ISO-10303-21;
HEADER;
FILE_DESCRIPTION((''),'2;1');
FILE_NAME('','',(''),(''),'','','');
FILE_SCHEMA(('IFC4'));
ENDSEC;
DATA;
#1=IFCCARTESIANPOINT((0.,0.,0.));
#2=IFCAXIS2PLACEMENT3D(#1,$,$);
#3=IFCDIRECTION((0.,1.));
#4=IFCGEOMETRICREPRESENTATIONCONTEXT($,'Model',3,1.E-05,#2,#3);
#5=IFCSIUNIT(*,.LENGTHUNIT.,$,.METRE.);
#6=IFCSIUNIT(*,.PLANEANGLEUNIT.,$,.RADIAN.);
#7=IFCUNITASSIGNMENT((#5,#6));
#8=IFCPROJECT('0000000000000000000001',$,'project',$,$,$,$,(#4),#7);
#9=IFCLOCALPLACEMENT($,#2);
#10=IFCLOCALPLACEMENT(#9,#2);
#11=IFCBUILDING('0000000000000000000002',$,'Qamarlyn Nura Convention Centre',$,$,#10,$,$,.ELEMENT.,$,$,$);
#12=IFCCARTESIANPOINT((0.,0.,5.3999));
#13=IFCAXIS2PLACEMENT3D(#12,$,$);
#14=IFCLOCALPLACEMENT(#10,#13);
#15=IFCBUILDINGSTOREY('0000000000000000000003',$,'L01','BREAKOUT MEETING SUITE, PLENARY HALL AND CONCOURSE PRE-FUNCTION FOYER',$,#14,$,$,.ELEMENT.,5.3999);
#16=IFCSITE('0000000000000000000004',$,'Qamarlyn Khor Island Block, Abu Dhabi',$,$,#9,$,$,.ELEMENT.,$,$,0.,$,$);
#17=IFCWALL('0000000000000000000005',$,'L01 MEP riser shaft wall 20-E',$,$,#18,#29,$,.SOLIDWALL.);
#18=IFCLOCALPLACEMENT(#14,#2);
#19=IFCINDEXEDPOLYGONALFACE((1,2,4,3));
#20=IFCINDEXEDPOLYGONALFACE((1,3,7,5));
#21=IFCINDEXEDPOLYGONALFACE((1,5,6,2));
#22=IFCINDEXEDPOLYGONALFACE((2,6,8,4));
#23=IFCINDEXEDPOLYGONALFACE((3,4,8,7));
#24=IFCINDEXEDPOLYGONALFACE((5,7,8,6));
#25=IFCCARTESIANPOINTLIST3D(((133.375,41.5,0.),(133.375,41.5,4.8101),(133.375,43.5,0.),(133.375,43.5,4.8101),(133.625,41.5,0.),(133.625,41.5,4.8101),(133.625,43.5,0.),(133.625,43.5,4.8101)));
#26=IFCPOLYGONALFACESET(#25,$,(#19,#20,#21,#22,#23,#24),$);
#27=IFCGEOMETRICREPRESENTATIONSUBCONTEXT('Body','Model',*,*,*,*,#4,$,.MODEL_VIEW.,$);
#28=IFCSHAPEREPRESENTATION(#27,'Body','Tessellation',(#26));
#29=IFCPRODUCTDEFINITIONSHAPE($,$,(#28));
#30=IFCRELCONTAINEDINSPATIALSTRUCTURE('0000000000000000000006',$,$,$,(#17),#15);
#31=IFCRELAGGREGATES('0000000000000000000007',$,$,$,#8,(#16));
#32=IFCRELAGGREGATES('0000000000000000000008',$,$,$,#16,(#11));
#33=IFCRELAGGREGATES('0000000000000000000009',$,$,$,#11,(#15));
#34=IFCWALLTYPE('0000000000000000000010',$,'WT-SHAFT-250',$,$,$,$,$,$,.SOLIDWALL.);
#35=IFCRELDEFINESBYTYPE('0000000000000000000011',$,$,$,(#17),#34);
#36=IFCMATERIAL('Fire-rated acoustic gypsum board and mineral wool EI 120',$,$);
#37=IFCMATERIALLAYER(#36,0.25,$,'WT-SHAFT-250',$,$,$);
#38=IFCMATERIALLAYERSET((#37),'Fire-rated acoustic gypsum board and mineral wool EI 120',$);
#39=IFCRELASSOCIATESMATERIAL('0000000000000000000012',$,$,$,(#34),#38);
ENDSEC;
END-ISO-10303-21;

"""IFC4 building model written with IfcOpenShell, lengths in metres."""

from ifc_helpers import new_model, si_unit, direction, frame, frame_2d, origin, place, context, subcontext, project, spatial, rectangle, extrude, material, layer, layer_set, type_object, element, save


model = new_model("IFC4")

# Units and contexts
model_context = context("Model", 3, precision=1e-05, world=origin(), true_north=direction((0.0, 1.0)))
body_context = subcontext(model_context, "Body", "Model", "MODEL_VIEW")
ifc_project = project(units=[si_unit("LENGTHUNIT", "METRE"), si_unit("PLANEANGLEUNIT", "RADIAN")], contexts=[model_context])

# Site, building, storey
site_placement = place(None, origin())
site = spatial("IfcSite", under=ifc_project, at=site_placement, Name="Qamarlyn Khor Island Block, Abu Dhabi", CompositionType="ELEMENT", RefElevation=0.0)
building_placement = place(site_placement, origin())
building = spatial("IfcBuilding", under=site, at=building_placement, Name="Qamarlyn Nura Convention Centre", CompositionType="ELEMENT")
storey_placement = place(building_placement, frame((0.0, 0.0, 5.3999)))
storey = spatial("IfcBuildingStorey", under=building, at=storey_placement, Name="L01", Description="BREAKOUT MEETING SUITE, PLENARY HALL AND CONCOURSE PRE-FUNCTION FOYER", CompositionType="ELEMENT", Elevation=5.3999)

# Wall
ifc_material_1 = material(Name="Fire-rated acoustic gypsum board and mineral wool EI 120")
ifc_layer_1 = layer(ifc_material_1, 0.25, Name="WT-SHAFT-250")
ifc_layer_set_1 = layer_set([ifc_layer_1], Name="Fire-rated acoustic gypsum board and mineral wool EI 120")
wall_type = type_object("IfcWallType", Name="WT-SHAFT-250", PredefinedType="SOLIDWALL", material=ifc_layer_set_1)
for number, where, z_axis, x_axis, name in (
    (1, (133.5, 41.5, 0.0), (0.0, 0.0, 1.0), (0.0, 1.0, 0.0), "L01 MEP riser shaft wall 20-E"),
):
    element("IfcWall", number, at=place(storey_placement, frame(where, z_axis=z_axis, x_axis=x_axis)), inside=storey, type_object=wall_type, Name=name, PredefinedType="SOLIDWALL", context=body_context, shape_type="SweptSolid", body=[
        extrude(rectangle(XDim=2.0, YDim=0.25, at=frame_2d((1.0, 0.0))), origin(), (0.0, 0.0, 1.0), 4.8101),
    ])

save(model, "model.ifc")
